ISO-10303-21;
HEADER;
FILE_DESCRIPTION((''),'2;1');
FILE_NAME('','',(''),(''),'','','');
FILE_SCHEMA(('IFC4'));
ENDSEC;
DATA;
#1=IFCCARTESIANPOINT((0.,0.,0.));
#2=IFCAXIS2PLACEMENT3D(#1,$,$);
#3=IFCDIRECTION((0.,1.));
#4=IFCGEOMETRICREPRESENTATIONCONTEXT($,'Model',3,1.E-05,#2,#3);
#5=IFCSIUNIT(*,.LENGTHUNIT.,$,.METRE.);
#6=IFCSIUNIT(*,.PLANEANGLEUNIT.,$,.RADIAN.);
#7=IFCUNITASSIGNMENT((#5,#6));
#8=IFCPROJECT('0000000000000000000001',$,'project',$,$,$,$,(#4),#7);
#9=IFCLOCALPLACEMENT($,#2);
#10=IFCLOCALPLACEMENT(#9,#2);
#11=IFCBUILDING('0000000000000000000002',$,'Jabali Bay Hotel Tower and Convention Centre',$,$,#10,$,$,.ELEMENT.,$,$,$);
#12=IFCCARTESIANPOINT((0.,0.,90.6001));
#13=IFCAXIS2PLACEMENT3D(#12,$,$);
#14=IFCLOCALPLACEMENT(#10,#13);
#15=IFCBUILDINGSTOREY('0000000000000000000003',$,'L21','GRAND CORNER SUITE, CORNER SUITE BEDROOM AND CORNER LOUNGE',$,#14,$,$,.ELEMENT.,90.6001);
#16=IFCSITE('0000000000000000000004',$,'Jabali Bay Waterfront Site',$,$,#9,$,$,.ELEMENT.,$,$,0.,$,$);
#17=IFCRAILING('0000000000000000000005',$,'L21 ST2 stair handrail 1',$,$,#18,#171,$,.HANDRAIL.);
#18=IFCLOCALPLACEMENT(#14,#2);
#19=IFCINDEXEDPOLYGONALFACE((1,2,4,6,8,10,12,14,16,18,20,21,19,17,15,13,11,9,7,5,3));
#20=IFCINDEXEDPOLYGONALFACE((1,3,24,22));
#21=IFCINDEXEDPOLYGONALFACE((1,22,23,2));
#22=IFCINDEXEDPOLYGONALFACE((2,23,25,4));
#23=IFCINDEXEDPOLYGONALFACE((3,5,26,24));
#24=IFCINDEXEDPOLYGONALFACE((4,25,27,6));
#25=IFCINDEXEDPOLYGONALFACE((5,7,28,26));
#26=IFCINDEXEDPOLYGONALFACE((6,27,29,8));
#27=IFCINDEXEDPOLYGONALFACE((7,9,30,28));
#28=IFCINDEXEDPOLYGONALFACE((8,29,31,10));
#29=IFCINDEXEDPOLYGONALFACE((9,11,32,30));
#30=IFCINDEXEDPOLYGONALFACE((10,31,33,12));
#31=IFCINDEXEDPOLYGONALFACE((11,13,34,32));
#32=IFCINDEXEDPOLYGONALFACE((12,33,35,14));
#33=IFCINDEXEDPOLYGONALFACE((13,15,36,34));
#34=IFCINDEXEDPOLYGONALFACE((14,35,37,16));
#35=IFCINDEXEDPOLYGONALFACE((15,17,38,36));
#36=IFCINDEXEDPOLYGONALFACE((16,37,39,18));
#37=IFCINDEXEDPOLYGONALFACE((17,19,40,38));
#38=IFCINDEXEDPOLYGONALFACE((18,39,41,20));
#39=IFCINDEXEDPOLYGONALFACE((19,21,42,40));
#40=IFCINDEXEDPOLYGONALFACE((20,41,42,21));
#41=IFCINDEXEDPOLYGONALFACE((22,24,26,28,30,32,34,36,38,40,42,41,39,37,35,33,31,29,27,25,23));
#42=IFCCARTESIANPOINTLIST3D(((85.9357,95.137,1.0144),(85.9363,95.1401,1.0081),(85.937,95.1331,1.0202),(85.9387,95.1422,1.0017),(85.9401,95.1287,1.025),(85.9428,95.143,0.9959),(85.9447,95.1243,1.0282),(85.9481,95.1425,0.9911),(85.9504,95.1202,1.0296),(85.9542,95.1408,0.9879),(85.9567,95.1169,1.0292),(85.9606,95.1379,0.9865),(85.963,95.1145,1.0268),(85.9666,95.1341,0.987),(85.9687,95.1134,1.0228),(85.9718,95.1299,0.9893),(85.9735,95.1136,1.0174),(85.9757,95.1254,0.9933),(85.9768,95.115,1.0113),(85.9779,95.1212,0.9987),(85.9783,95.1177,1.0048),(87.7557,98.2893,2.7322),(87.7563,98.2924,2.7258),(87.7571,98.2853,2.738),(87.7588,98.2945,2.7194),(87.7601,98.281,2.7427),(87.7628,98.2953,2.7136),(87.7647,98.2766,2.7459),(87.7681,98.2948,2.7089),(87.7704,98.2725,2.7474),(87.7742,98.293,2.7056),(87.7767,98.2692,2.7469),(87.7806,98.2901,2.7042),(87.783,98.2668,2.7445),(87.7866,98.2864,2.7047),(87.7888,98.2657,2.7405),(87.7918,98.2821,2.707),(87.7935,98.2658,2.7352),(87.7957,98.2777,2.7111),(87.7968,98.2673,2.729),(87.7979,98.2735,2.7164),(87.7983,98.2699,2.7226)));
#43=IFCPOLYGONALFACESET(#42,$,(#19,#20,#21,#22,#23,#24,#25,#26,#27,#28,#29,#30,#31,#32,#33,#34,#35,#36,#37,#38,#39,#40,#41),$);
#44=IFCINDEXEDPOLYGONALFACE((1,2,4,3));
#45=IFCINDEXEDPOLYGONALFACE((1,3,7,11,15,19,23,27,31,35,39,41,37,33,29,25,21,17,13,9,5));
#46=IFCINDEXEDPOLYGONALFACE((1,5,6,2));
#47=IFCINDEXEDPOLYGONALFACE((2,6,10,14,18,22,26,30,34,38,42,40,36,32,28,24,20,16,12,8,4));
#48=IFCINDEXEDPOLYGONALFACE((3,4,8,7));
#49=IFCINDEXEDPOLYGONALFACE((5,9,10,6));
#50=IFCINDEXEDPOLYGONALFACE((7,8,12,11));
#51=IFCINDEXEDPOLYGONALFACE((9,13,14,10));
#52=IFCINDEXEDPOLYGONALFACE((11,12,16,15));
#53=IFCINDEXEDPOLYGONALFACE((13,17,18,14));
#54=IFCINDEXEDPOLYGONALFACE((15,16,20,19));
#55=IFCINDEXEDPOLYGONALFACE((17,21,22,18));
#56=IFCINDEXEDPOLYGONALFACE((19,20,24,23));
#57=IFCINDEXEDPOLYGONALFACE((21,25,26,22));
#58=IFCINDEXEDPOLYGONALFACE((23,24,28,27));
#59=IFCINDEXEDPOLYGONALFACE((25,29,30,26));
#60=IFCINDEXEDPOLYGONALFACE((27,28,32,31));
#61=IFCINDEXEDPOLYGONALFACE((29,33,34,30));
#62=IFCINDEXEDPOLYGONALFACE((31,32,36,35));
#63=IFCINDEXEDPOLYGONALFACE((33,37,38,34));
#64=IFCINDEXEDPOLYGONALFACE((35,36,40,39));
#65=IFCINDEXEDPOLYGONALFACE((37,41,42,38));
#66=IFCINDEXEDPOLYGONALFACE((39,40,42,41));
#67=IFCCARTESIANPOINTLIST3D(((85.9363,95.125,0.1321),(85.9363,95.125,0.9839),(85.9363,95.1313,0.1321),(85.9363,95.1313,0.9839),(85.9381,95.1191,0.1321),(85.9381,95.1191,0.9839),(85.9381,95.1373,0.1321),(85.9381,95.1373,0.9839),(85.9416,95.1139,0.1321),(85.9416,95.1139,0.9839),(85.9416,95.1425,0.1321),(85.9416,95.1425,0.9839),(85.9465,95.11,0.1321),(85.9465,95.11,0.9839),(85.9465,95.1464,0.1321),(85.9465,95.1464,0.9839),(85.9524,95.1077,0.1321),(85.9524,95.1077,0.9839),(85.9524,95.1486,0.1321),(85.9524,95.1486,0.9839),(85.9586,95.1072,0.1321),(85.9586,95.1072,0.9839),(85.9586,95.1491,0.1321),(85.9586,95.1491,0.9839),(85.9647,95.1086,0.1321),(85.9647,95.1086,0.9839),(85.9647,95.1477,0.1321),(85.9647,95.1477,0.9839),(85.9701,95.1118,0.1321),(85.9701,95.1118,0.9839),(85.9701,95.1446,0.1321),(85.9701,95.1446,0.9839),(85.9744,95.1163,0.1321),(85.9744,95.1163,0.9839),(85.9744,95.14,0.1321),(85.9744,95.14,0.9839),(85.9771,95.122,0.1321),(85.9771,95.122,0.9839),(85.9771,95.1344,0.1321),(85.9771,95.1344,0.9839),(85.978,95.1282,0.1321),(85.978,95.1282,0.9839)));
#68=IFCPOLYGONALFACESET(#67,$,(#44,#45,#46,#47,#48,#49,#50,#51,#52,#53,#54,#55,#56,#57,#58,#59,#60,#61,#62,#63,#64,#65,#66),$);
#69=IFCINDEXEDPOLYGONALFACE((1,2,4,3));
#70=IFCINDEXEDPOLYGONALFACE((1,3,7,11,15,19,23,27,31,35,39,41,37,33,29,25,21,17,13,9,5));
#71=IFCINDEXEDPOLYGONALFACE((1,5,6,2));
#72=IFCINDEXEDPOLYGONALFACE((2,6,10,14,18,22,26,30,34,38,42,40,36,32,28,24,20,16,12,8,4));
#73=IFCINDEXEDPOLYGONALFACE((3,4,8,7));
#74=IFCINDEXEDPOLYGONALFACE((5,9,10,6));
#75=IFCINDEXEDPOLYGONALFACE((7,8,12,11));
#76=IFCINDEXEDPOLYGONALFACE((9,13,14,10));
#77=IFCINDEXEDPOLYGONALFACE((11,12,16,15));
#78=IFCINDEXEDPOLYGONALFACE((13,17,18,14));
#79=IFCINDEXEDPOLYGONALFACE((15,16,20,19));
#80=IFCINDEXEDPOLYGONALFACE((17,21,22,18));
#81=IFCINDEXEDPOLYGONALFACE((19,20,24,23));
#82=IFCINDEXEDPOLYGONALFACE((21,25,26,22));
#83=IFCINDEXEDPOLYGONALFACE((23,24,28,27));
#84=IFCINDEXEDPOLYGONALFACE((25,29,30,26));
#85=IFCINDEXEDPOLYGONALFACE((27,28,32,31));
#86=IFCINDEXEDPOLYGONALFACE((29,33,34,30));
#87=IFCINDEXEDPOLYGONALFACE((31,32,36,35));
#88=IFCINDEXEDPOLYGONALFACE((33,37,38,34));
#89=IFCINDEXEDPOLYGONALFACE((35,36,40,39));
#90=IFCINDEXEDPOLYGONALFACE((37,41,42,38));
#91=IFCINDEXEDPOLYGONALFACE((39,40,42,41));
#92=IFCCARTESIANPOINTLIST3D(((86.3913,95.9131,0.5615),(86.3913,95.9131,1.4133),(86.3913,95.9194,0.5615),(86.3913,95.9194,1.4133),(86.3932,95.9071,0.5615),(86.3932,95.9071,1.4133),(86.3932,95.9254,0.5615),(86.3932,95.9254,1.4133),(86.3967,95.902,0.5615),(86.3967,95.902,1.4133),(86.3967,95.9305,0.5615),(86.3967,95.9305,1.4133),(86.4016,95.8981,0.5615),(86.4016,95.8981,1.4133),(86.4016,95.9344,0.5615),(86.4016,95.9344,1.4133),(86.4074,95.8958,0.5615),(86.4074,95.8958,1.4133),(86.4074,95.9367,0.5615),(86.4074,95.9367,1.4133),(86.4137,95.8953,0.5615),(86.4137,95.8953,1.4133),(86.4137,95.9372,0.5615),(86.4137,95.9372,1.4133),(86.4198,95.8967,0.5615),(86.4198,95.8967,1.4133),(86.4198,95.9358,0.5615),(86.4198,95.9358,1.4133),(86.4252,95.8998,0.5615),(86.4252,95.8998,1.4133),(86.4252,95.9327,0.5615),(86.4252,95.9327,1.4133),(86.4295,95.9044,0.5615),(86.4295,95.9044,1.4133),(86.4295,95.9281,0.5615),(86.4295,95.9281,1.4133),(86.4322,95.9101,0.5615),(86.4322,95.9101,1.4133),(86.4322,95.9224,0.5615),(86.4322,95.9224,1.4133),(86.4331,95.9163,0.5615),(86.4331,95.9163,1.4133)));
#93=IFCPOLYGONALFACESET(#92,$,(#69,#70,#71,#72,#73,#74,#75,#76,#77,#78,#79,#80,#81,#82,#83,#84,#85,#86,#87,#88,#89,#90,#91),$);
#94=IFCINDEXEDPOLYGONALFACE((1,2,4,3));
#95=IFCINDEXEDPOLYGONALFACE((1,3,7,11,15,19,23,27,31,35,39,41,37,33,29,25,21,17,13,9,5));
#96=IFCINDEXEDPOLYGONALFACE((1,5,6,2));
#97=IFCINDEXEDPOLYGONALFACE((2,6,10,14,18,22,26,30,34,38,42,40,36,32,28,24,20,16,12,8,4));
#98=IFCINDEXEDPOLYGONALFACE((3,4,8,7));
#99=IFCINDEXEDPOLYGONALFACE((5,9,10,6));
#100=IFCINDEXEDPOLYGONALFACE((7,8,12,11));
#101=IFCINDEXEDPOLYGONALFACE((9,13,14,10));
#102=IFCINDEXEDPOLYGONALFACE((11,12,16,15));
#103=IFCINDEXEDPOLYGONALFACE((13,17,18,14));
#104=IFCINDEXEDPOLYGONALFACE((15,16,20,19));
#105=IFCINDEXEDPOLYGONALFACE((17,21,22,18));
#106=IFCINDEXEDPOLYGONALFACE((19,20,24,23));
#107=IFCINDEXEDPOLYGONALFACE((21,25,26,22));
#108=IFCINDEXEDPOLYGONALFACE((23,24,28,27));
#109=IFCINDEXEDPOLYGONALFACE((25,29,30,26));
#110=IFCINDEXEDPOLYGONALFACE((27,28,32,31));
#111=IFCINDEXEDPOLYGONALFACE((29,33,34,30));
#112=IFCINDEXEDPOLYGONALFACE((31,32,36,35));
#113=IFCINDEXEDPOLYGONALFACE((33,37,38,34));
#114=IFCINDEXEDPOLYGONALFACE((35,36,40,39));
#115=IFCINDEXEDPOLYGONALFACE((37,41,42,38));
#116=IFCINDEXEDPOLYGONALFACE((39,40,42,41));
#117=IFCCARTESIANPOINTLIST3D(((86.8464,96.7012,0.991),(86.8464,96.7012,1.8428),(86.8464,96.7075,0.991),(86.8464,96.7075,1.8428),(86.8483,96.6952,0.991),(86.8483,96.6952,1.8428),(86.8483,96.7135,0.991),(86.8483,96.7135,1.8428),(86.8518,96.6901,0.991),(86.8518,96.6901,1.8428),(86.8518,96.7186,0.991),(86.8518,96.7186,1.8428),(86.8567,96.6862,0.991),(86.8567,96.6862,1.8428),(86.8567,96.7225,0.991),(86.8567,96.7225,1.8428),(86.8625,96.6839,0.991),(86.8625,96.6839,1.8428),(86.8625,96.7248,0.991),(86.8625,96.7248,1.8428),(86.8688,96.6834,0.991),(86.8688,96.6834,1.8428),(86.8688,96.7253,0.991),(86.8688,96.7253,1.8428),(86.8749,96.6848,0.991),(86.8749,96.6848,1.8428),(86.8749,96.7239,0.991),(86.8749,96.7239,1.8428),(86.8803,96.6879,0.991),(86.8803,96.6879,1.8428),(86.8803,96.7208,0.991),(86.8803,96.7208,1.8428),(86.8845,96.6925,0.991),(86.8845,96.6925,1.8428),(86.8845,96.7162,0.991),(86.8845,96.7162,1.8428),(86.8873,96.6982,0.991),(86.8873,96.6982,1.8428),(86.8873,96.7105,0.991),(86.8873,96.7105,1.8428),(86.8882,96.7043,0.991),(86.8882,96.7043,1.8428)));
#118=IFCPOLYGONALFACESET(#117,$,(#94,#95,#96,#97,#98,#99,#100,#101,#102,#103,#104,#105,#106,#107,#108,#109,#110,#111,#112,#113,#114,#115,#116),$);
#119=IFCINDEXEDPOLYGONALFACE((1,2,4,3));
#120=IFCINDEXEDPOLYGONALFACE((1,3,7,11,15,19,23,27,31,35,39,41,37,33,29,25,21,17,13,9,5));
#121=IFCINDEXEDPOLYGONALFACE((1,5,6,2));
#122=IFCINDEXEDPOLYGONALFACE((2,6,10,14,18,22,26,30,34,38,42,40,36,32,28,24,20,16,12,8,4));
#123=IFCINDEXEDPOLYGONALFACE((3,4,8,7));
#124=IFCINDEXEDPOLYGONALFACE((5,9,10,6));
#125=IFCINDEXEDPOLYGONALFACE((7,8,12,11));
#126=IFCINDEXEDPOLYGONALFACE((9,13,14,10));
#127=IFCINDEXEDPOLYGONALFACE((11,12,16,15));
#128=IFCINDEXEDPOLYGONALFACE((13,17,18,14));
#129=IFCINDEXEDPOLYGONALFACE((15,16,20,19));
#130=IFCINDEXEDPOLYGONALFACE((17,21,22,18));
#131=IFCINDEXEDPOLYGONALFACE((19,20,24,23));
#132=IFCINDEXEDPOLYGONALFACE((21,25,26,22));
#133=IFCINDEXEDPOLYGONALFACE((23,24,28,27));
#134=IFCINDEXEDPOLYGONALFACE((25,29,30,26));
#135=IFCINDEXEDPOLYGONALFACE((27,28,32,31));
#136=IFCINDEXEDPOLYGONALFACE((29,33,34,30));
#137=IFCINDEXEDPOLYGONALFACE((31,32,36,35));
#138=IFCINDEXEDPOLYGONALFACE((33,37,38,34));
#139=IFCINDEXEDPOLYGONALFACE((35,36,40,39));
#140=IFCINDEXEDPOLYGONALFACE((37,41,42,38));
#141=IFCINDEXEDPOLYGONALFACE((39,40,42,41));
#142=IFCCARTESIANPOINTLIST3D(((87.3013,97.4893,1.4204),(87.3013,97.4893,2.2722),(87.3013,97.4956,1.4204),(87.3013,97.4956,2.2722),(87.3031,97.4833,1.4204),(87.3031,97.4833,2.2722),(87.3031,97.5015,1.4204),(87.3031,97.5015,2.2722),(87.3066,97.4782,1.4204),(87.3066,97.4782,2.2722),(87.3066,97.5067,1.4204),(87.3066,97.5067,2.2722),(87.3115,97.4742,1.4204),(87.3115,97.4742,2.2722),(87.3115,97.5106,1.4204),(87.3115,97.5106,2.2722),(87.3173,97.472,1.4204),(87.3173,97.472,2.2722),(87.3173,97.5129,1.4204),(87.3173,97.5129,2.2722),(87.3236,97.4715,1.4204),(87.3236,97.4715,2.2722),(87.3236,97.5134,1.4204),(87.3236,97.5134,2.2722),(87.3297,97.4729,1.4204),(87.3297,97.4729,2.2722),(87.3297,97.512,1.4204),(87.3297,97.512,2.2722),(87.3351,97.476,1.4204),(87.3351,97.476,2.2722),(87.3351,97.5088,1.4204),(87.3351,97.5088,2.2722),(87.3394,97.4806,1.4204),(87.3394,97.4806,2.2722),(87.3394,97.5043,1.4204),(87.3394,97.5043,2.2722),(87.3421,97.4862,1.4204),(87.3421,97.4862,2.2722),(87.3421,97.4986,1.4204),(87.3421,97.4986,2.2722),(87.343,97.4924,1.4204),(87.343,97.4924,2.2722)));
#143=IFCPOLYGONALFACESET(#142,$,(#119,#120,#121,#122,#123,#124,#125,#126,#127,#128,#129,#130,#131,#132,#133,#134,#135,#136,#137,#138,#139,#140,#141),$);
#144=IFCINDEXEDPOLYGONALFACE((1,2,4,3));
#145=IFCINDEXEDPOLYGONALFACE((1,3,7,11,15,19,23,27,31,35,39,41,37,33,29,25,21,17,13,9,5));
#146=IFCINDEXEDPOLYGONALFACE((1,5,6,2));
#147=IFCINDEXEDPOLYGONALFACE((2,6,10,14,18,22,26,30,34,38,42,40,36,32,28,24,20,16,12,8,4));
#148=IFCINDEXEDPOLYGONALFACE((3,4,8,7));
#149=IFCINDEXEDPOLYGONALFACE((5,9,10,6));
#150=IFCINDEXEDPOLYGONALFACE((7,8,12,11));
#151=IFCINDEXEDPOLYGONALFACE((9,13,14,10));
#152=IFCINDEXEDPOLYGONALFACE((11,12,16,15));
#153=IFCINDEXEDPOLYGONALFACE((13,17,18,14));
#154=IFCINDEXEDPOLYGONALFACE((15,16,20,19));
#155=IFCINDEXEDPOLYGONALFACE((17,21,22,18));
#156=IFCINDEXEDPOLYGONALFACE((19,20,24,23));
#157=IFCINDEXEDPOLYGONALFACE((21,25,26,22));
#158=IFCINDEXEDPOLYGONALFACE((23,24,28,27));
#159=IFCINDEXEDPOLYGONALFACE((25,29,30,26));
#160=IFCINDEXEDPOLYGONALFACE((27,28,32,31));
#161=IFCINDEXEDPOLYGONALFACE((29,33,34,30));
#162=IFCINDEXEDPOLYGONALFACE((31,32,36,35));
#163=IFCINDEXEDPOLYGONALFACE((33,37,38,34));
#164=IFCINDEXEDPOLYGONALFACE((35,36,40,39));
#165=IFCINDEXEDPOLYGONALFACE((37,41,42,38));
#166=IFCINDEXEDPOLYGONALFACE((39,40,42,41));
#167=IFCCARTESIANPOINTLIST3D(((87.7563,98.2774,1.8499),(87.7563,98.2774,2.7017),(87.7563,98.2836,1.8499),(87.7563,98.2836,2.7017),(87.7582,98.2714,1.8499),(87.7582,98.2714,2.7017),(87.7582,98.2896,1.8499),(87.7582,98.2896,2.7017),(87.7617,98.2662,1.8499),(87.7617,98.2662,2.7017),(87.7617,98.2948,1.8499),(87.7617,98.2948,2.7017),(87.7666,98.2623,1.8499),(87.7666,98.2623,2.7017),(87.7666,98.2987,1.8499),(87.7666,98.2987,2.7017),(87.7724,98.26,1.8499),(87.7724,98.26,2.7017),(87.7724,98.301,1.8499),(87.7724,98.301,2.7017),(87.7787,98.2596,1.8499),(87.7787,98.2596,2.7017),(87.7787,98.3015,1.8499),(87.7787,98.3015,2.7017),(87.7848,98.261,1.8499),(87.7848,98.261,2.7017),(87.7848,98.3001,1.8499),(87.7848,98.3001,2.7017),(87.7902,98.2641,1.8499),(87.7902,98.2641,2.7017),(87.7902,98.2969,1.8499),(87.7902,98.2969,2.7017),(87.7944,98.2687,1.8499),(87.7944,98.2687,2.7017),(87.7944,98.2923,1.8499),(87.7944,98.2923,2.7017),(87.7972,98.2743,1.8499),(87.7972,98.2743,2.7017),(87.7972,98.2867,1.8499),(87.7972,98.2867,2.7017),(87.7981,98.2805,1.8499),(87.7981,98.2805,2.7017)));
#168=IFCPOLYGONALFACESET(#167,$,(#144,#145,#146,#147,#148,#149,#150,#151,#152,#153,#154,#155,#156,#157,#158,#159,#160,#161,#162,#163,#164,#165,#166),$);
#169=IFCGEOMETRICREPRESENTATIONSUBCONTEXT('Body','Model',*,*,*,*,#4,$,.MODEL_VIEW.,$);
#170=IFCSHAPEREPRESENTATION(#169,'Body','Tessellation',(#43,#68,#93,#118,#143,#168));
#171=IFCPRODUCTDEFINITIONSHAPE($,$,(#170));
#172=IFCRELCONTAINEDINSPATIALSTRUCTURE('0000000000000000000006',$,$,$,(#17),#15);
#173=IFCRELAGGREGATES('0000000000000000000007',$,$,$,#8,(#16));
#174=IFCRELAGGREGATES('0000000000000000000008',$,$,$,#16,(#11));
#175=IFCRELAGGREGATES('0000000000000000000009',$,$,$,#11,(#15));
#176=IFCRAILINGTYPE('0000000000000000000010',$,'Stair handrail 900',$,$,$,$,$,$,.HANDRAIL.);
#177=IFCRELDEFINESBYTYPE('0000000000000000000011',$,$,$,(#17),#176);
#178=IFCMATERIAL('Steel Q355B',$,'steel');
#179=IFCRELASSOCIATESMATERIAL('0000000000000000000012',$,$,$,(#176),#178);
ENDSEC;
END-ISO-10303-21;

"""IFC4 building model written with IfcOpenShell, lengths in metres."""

from ifc_helpers import new_model, si_unit, direction, frame, origin, origin_2d, place, context, subcontext, project, spatial, circle, extrude, material, type_object, element, save


model = new_model("IFC4")

# Units and contexts
model_context = context("Model", 3, precision=1e-05, world=origin(), true_north=direction((0.0, 1.0)))
body_context = subcontext(model_context, "Body", "Model", "MODEL_VIEW")
ifc_project = project(units=[si_unit("LENGTHUNIT", "METRE"), si_unit("PLANEANGLEUNIT", "RADIAN")], contexts=[model_context])

# Site, building, storey
site_placement = place(None, origin())
site = spatial("IfcSite", under=ifc_project, at=site_placement, Name="Jabali Bay Waterfront Site", CompositionType="ELEMENT", RefElevation=0.0)
building_placement = place(site_placement, origin())
building = spatial("IfcBuilding", under=site, at=building_placement, Name="Jabali Bay Hotel Tower and Convention Centre", CompositionType="ELEMENT")
storey_placement = place(building_placement, frame((0.0, 0.0, 90.6001)))
storey = spatial("IfcBuildingStorey", under=building, at=storey_placement, Name="L21", Description="GRAND CORNER SUITE, CORNER SUITE BEDROOM AND CORNER LOUNGE", CompositionType="ELEMENT", Elevation=90.6001)

# Railing
ifc_material_1 = material(Name="Steel Q355B", Category="steel")
railing_type_1 = type_object("IfcRailingType", Name="Stair handrail 900", PredefinedType="HANDRAIL", material=ifc_material_1)
railing_1_placement = place(storey_placement, frame((85.957, 95.1282, 0.1321)))
element("IfcRailing", 1, at=railing_1_placement, inside=storey, type_object=railing_type_1, Name="L21 ST2 stair handrail 1", PredefinedType="HANDRAIL", context=body_context, shape_type="SweptSolid", body=[
    extrude(circle(Radius=0.0239, at=origin_2d()), frame((0.0, 0.0, 0.876), z_axis=(0.45219, 0.78319, 0.426775), x_axis=(-0.866018, 0.500013, 0.0)), (0.0, 0.0, 1.0), 4.0249),
    extrude(circle(Radius=0.021, at=origin_2d()), origin(), (0.0, 0.0, 1.0), 0.8518),
    extrude(circle(Radius=0.021, at=origin_2d()), frame((0.4551, 0.7881, 0.4294)), (0.0, 0.0, 1.0), 0.8518),
    extrude(circle(Radius=0.021, at=origin_2d()), frame((0.9102, 1.5762, 0.8589)), (0.0, 0.0, 1.0), 0.8518),
    extrude(circle(Radius=0.021, at=origin_2d()), frame((1.365, 2.3643, 1.2883)), (0.0, 0.0, 1.0), 0.8518),
    extrude(circle(Radius=0.021, at=origin_2d()), frame((1.8201, 3.1523, 1.7178)), (0.0, 0.0, 1.0), 0.8518),
])

save(model, "model.ifc")
